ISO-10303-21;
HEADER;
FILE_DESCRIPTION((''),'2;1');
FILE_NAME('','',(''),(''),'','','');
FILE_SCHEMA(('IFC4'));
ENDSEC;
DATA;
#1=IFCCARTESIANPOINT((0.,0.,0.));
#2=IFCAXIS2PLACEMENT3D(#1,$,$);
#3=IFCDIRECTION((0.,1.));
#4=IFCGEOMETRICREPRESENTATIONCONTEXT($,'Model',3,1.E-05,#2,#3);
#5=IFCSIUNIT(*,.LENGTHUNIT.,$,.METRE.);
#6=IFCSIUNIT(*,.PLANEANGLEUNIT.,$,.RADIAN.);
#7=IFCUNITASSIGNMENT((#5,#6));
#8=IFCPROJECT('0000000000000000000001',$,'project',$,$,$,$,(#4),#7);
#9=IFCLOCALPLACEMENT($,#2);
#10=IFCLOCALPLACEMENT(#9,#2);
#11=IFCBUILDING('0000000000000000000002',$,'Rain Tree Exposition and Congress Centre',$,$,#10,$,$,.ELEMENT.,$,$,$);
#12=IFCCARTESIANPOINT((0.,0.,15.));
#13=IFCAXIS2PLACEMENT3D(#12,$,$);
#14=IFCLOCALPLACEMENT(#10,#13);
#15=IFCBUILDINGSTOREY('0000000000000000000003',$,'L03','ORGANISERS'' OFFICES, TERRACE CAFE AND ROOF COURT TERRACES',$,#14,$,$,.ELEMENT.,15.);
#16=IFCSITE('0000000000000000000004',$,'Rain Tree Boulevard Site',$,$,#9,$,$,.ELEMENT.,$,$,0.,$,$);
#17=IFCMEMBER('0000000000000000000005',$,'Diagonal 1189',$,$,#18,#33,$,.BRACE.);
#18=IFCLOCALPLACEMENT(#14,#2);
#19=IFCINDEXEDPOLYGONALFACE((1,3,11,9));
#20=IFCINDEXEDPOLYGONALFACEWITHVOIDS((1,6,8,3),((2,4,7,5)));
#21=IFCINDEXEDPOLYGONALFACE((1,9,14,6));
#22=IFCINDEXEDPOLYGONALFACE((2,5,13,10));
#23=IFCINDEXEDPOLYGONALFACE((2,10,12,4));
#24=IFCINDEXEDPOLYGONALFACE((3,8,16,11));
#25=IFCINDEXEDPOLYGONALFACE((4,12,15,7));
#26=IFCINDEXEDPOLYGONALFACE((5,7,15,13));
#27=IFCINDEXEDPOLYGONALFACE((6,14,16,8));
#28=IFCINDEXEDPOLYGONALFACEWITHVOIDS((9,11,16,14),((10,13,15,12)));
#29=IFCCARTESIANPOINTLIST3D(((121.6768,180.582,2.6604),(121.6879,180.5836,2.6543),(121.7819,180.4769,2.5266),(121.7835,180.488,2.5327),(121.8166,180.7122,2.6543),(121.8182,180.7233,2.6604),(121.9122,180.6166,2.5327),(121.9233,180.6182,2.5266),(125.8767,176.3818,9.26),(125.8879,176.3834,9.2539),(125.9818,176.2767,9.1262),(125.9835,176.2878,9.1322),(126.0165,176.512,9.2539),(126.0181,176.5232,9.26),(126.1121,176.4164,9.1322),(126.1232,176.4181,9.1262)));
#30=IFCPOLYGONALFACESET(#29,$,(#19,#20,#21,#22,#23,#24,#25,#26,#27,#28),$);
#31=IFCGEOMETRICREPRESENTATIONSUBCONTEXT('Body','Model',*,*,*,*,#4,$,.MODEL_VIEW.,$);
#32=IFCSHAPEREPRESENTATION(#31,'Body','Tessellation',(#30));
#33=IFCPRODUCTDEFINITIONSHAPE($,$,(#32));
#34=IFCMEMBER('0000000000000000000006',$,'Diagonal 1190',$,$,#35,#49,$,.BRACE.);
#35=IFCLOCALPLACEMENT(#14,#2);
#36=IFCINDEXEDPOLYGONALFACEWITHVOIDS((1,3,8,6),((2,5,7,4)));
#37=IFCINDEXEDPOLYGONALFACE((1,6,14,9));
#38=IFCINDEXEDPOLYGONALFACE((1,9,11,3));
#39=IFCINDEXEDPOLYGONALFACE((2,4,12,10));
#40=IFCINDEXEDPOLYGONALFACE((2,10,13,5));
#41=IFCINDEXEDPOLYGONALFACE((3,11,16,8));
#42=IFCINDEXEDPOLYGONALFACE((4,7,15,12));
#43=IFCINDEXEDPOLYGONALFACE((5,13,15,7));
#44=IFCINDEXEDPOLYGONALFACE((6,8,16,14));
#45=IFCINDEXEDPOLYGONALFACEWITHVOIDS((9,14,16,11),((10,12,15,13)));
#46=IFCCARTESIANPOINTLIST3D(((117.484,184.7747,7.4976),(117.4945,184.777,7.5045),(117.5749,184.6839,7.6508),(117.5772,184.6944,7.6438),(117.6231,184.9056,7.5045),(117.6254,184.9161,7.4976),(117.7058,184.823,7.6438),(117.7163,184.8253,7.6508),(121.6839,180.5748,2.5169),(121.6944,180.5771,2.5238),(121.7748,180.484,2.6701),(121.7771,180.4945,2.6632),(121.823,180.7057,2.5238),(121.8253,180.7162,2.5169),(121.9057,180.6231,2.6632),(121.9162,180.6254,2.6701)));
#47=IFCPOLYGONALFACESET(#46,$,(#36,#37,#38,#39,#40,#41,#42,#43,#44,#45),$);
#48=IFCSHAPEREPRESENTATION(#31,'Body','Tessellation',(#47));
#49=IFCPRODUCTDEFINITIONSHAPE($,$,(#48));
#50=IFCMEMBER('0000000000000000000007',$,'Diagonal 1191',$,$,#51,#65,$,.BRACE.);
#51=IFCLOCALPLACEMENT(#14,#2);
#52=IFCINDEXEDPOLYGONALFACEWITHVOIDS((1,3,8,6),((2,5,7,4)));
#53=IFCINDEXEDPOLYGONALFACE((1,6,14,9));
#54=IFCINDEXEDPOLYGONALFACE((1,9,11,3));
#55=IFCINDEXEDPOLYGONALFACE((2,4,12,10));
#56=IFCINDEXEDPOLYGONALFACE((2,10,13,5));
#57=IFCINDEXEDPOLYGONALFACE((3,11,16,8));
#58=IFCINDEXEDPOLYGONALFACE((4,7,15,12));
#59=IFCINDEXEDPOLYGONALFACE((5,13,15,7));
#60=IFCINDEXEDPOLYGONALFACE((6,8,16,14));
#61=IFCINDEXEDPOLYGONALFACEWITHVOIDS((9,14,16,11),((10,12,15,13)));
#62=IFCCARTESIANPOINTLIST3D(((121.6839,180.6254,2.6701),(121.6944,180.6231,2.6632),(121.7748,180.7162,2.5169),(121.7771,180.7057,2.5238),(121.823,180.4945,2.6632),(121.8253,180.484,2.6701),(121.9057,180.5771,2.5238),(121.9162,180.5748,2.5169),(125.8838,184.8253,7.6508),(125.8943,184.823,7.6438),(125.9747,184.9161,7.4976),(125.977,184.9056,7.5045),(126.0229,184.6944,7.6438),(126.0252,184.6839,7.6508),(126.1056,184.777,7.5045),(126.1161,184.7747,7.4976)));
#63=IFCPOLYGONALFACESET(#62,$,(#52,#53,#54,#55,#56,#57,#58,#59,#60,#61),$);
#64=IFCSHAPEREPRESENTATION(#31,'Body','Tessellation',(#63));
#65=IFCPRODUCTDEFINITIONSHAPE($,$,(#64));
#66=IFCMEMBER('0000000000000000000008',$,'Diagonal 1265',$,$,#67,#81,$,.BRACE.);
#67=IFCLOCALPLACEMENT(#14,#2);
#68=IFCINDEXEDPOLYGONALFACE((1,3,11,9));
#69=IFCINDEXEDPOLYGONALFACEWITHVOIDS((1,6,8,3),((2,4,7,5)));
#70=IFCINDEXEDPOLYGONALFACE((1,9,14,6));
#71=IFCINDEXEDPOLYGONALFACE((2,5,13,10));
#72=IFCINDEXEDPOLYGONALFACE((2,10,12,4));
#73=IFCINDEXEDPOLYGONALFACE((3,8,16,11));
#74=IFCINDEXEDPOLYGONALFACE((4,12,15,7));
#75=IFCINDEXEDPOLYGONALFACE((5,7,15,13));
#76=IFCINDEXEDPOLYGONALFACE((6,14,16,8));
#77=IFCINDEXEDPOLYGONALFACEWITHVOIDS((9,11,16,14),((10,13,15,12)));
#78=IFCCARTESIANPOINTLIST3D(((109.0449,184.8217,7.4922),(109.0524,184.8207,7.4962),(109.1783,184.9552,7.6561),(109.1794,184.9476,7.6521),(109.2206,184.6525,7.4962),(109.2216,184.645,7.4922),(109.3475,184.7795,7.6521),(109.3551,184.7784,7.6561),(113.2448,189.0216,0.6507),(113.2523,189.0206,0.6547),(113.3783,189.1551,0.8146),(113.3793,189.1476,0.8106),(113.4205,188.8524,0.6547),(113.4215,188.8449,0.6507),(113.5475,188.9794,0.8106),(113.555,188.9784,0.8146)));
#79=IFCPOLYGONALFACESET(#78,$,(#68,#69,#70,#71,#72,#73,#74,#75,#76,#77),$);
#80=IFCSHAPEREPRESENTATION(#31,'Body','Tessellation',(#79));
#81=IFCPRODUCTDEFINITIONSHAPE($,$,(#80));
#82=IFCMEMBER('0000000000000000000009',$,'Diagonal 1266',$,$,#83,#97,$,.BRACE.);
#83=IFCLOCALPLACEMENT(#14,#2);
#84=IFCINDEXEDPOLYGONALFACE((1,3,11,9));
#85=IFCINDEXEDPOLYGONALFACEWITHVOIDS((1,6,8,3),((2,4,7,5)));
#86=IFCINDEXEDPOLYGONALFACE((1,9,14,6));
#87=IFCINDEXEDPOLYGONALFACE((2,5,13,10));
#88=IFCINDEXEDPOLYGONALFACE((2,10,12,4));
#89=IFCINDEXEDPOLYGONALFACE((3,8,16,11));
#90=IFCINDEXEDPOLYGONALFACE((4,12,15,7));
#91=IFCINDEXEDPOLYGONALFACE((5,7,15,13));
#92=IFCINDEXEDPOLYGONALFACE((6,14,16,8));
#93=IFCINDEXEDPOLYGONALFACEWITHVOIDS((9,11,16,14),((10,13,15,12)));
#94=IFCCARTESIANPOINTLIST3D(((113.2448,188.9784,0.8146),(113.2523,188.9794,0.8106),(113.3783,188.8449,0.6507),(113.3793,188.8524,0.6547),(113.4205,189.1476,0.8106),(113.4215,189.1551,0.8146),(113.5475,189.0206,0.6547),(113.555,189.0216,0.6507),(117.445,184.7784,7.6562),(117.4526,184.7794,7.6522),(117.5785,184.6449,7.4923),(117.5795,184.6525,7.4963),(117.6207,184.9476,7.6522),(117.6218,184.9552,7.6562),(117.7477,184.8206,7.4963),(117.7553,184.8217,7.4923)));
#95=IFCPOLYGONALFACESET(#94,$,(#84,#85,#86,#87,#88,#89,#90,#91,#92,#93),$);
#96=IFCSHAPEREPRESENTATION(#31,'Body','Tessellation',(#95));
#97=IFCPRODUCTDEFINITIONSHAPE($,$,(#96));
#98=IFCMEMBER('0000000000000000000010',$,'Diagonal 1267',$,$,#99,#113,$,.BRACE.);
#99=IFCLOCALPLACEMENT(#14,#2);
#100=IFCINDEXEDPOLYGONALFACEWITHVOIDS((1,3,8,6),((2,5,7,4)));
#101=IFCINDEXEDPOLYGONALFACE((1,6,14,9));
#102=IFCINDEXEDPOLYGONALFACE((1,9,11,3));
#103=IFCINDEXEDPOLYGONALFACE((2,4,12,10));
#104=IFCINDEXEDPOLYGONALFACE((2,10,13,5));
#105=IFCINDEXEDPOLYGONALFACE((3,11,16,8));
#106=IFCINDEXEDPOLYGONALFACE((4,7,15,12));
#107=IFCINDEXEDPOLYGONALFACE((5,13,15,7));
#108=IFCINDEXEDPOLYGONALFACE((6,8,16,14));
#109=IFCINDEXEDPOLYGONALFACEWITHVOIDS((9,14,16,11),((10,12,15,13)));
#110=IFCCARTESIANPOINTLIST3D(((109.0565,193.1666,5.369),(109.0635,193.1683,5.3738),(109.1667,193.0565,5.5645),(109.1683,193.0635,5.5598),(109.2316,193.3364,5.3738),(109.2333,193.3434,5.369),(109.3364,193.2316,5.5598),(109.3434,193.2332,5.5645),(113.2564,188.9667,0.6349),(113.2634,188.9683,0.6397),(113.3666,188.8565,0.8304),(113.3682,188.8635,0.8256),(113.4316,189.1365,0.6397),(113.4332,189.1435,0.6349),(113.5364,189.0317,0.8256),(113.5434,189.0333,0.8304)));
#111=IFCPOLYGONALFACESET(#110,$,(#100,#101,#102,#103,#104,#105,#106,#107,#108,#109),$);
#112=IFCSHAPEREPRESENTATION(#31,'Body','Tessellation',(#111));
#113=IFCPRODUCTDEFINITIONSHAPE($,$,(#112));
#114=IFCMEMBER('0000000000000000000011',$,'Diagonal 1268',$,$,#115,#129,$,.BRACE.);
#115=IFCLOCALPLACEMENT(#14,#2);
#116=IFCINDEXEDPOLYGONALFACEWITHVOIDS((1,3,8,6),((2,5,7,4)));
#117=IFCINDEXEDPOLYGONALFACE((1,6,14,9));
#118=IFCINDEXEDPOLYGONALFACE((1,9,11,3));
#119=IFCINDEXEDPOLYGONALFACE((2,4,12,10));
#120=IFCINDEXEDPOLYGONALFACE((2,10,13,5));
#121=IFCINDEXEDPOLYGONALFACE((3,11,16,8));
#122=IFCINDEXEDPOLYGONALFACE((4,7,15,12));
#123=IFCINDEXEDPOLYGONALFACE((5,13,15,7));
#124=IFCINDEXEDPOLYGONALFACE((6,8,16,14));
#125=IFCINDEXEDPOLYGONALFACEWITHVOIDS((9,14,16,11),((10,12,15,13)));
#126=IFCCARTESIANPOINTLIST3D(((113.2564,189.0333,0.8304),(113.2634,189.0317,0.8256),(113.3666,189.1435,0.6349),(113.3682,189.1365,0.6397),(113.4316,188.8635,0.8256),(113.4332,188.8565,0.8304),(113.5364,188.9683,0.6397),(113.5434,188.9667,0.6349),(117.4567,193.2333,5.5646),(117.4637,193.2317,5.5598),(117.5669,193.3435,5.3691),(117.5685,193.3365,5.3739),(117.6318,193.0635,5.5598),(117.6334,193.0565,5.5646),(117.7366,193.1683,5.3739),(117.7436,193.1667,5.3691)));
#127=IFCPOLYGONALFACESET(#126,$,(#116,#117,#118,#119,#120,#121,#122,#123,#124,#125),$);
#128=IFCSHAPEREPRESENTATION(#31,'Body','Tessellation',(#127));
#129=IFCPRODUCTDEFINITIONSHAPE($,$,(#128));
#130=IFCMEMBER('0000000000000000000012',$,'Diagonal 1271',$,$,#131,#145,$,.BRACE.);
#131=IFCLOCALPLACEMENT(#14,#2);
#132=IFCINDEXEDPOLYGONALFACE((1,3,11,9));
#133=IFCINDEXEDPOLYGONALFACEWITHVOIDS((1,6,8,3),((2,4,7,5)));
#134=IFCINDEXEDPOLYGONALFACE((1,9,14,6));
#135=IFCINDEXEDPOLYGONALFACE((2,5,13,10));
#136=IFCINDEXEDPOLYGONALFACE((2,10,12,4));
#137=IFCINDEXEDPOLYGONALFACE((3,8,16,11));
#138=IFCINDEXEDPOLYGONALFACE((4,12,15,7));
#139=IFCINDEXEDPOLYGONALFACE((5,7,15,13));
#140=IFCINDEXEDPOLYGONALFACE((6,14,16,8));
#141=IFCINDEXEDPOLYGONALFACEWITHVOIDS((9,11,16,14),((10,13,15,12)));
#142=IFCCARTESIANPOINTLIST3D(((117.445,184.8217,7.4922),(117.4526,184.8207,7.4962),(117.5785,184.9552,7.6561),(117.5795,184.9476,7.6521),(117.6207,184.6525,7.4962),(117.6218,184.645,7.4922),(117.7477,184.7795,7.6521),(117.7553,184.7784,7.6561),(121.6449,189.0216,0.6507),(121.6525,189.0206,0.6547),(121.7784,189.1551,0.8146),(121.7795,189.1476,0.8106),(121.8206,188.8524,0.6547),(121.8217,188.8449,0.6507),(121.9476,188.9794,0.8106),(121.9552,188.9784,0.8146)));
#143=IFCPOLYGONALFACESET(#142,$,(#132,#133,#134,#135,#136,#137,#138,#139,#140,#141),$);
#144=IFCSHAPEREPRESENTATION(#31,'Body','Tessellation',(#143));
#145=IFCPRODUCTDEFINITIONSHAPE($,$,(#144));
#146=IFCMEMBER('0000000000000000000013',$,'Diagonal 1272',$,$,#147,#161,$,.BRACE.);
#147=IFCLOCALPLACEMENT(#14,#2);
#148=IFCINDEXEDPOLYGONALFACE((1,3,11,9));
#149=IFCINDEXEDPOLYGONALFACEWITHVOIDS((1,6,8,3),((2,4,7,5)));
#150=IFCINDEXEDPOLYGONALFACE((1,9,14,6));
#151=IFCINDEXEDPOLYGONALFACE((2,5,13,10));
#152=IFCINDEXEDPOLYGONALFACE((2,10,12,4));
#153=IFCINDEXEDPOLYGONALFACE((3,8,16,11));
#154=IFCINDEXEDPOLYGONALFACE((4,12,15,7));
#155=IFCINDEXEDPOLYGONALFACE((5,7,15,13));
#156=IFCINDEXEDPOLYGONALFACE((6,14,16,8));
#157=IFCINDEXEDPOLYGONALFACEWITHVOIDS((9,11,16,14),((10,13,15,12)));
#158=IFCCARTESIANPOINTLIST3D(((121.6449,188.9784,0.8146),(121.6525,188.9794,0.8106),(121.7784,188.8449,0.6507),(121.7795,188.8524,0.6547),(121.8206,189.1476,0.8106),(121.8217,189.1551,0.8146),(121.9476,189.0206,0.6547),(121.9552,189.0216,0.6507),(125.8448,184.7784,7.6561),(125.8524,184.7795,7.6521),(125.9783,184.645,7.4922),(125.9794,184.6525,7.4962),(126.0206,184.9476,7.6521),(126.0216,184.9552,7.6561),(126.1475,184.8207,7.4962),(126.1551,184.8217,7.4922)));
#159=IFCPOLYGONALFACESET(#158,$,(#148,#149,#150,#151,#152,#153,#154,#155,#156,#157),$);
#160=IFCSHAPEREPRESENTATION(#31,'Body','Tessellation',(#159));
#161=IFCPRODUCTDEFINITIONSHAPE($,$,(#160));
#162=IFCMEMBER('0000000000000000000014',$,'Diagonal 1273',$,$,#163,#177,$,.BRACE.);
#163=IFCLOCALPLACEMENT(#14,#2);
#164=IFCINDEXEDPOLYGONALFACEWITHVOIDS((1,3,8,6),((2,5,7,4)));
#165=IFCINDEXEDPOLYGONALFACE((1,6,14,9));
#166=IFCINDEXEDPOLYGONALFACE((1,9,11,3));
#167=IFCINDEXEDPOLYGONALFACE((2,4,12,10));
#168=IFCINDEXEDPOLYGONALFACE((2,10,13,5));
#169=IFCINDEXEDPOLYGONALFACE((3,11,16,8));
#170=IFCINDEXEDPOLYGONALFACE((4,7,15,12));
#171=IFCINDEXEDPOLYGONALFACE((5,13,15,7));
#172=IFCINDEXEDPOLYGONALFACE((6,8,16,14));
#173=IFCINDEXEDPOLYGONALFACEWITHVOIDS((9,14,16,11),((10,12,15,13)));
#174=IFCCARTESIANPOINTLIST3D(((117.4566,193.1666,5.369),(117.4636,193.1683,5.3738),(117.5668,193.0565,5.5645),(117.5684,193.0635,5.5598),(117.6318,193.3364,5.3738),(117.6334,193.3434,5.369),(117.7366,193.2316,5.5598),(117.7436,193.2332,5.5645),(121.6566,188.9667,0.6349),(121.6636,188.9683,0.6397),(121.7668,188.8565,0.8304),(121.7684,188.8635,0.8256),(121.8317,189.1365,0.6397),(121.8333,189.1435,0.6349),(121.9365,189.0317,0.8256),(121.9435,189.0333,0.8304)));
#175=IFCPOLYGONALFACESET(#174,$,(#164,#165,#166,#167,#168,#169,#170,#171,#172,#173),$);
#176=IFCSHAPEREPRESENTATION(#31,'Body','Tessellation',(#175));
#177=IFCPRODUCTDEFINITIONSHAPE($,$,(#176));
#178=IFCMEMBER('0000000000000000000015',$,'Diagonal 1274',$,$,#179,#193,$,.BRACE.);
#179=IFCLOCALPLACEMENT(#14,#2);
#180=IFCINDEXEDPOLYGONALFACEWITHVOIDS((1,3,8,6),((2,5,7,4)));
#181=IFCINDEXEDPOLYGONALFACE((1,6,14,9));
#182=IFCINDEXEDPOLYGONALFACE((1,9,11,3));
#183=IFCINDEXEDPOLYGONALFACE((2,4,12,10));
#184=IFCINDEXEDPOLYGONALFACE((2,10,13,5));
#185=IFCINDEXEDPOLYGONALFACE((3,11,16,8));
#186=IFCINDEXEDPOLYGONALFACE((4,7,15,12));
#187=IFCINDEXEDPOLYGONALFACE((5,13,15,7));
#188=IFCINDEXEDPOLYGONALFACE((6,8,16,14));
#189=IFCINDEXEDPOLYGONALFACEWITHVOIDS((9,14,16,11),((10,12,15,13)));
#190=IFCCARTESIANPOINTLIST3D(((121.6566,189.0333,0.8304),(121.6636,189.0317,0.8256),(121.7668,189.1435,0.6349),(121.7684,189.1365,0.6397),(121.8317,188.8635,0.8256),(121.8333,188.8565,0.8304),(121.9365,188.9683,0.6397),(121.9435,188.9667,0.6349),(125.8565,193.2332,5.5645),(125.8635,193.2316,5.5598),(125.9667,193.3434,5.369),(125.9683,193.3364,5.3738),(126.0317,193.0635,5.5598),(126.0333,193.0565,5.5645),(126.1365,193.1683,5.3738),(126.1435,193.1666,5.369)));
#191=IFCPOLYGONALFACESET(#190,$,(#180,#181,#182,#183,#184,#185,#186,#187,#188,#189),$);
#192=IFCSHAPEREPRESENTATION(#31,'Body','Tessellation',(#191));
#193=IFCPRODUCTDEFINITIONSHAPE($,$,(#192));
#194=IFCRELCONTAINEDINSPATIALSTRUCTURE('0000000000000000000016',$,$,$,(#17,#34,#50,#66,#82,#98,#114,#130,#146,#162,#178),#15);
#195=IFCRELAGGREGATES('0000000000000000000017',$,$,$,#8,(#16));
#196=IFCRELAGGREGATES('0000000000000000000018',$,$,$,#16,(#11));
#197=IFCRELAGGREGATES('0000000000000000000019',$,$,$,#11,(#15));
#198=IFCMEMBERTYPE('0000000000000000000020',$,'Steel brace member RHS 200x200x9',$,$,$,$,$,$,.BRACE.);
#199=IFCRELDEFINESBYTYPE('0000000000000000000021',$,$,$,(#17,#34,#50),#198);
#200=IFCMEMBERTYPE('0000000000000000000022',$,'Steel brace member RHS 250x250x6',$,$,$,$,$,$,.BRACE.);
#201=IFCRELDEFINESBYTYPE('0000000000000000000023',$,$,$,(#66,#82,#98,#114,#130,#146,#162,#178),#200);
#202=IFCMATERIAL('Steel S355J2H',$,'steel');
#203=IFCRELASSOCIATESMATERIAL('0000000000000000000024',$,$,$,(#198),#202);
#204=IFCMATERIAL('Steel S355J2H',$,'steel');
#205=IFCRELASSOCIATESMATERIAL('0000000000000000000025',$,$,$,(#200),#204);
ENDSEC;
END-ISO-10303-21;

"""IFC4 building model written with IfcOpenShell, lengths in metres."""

from ifc_helpers import new_model, si_unit, direction, frame, origin, origin_2d, place, context, subcontext, project, spatial, hollow_rectangle, extrude, material, material_profile, profile_set, type_object, element, save


model = new_model("IFC4")

# Units and contexts
model_context = context("Model", 3, precision=1e-05, world=origin(), true_north=direction((0.0, 1.0)))
body_context = subcontext(model_context, "Body", "Model", "MODEL_VIEW")
ifc_project = project(units=[si_unit("LENGTHUNIT", "METRE"), si_unit("PLANEANGLEUNIT", "RADIAN")], contexts=[model_context])

# Site, building, storey
site_placement = place(None, origin())
site = spatial("IfcSite", under=ifc_project, at=site_placement, Name="Rain Tree Boulevard Site", CompositionType="ELEMENT", RefElevation=0.0)
building_placement = place(site_placement, origin())
building = spatial("IfcBuilding", under=site, at=building_placement, Name="Rain Tree Exposition and Congress Centre", CompositionType="ELEMENT")
storey_placement = place(building_placement, frame((0.0, 0.0, 15.0)))
storey = spatial("IfcBuildingStorey", under=building, at=storey_placement, Name="L03", Description="ORGANISERS' OFFICES, TERRACE CAFE AND ROOF COURT TERRACES", CompositionType="ELEMENT", Elevation=15.0)

# Members
ifc_material_1 = material(Name="Steel S355J2H", Category="steel")
ifc_material_profile_1 = material_profile(ifc_material_1, hollow_rectangle(XDim=0.2, YDim=0.2, WallThickness=0.009, at=origin_2d()), Name="RHS 200x200x9")
ifc_profile_set_1 = profile_set([ifc_material_profile_1], Name="Steel S355J2H")
member_type_1 = type_object("IfcMemberType", Name="Steel brace member RHS 200x200x9", PredefinedType="BRACE", material=ifc_profile_set_1)
member_1_placement = place(storey_placement, frame((121.8, 180.6001, 2.5935), z_axis=(0.473022, -0.47305, 0.743286), x_axis=(0.707127, 0.707086, 0.0)))
element("IfcMember", 1, at=member_1_placement, inside=storey, type_object=member_type_1, Name="Diagonal 1189", PredefinedType="BRACE", context=body_context, shape_type="SweptSolid", body=[
    extrude(hollow_rectangle(XDim=0.2, YDim=0.2, WallThickness=0.009, at=origin_2d()), origin(), (0.0, 0.0, 1.0), 8.8789),
])
for number, where, z_axis, x_axis, name in (
    (2, (121.8, 180.6001, 2.5935), (-0.54182, 0.54182, 0.642543), (-0.707107, -0.707107, 0.0), "Diagonal 1190"),
    (3, (121.8, 180.6001, 2.5935), (0.54182, 0.54182, 0.642543), (-0.707107, 0.707107, 0.0), "Diagonal 1191"),
):
    element("IfcMember", number, at=place(storey_placement, frame(where, z_axis=z_axis, x_axis=x_axis)), inside=storey, type_object=member_type_1, Name=name, PredefinedType="BRACE", context=body_context, shape_type="SweptSolid", body=[
        extrude(hollow_rectangle(XDim=0.2, YDim=0.2, WallThickness=0.009, at=origin_2d()), origin(), (0.0, 0.0, 1.0), 7.7515),
    ])
ifc_material_2 = material(Name="Steel S355J2H", Category="steel")
ifc_material_profile_2 = material_profile(ifc_material_2, hollow_rectangle(XDim=0.25, YDim=0.25, WallThickness=0.0061, at=origin_2d()), Name="RHS 250x250x6")
ifc_profile_set_2 = profile_set([ifc_material_profile_2], Name="Steel S355J2H")
member_type_2 = type_object("IfcMemberType", Name="Steel brace member RHS 250x250x6", PredefinedType="BRACE", material=ifc_profile_set_2)
member_2_placement = place(storey_placement, frame((113.3999, 189.0, 0.7327), z_axis=(-0.463564, -0.463564, 0.755127), x_axis=(0.707107, -0.707107, 0.0)))
element("IfcMember", 4, at=member_2_placement, inside=storey, type_object=member_type_2, Name="Diagonal 1265", PredefinedType="BRACE", context=body_context, shape_type="SweptSolid", body=[
    extrude(hollow_rectangle(XDim=0.25, YDim=0.25, WallThickness=0.0061, at=origin_2d()), origin(), (0.0, 0.0, 1.0), 9.0601),
])
member_3_placement = place(storey_placement, frame((113.3999, 189.0, 0.7327), z_axis=(0.463585, -0.463558, 0.755118), x_axis=(0.707086, 0.707127, 0.0)))
element("IfcMember", 5, at=member_3_placement, inside=storey, type_object=member_type_2, Name="Diagonal 1266", PredefinedType="BRACE", context=body_context, shape_type="SweptSolid", body=[
    extrude(hollow_rectangle(XDim=0.25, YDim=0.25, WallThickness=0.0061, at=origin_2d()), origin(), (0.0, 0.0, 1.0), 9.0603),
])
member_4_placement = place(storey_placement, frame((113.3999, 189.0, 0.7327), z_axis=(-0.552955, 0.552955, 0.623283), x_axis=(-0.707107, -0.707107, 0.0)))
element("IfcMember", 6, at=member_4_placement, inside=storey, type_object=member_type_2, Name="Diagonal 1267", PredefinedType="BRACE", context=body_context, shape_type="SweptSolid", body=[
    extrude(hollow_rectangle(XDim=0.25, YDim=0.25, WallThickness=0.0061, at=origin_2d()), origin(), (0.0, 0.0, 1.0), 7.5955),
])
member_5_placement = place(storey_placement, frame((113.3999, 189.0, 0.7327), z_axis=(0.552977, 0.552945, 0.623272), x_axis=(-0.707086, 0.707127, 0.0)))
element("IfcMember", 7, at=member_5_placement, inside=storey, type_object=member_type_2, Name="Diagonal 1268", PredefinedType="BRACE", context=body_context, shape_type="SweptSolid", body=[
    extrude(hollow_rectangle(XDim=0.25, YDim=0.25, WallThickness=0.0061, at=origin_2d()), origin(), (0.0, 0.0, 1.0), 7.5957),
])
for number, where, z_axis, x_axis, name in (
    (8, (121.8, 189.0, 0.7327), (-0.463564, -0.463564, 0.755127), (0.707107, -0.707107, 0.0), "Diagonal 1271"),
    (9, (121.8, 189.0, 0.7327), (0.463564, -0.463564, 0.755127), (0.707107, 0.707107, 0.0), "Diagonal 1272"),
):
    element("IfcMember", number, at=place(storey_placement, frame(where, z_axis=z_axis, x_axis=x_axis)), inside=storey, type_object=member_type_2, Name=name, PredefinedType="BRACE", context=body_context, shape_type="SweptSolid", body=[
        extrude(hollow_rectangle(XDim=0.25, YDim=0.25, WallThickness=0.0061, at=origin_2d()), origin(), (0.0, 0.0, 1.0), 9.0601),
    ])
for number, where, z_axis, x_axis, name in (
    (10, (121.8, 189.0, 0.7327), (-0.552955, 0.552955, 0.623283), (-0.707107, -0.707107, 0.0), "Diagonal 1273"),
    (11, (121.8, 189.0, 0.7327), (0.552955, 0.552955, 0.623283), (-0.707107, 0.707107, 0.0), "Diagonal 1274"),
):
    element("IfcMember", number, at=place(storey_placement, frame(where, z_axis=z_axis, x_axis=x_axis)), inside=storey, type_object=member_type_2, Name=name, PredefinedType="BRACE", context=body_context, shape_type="SweptSolid", body=[
        extrude(hollow_rectangle(XDim=0.25, YDim=0.25, WallThickness=0.0061, at=origin_2d()), origin(), (0.0, 0.0, 1.0), 7.5955),
    ])

save(model, "model.ifc")
